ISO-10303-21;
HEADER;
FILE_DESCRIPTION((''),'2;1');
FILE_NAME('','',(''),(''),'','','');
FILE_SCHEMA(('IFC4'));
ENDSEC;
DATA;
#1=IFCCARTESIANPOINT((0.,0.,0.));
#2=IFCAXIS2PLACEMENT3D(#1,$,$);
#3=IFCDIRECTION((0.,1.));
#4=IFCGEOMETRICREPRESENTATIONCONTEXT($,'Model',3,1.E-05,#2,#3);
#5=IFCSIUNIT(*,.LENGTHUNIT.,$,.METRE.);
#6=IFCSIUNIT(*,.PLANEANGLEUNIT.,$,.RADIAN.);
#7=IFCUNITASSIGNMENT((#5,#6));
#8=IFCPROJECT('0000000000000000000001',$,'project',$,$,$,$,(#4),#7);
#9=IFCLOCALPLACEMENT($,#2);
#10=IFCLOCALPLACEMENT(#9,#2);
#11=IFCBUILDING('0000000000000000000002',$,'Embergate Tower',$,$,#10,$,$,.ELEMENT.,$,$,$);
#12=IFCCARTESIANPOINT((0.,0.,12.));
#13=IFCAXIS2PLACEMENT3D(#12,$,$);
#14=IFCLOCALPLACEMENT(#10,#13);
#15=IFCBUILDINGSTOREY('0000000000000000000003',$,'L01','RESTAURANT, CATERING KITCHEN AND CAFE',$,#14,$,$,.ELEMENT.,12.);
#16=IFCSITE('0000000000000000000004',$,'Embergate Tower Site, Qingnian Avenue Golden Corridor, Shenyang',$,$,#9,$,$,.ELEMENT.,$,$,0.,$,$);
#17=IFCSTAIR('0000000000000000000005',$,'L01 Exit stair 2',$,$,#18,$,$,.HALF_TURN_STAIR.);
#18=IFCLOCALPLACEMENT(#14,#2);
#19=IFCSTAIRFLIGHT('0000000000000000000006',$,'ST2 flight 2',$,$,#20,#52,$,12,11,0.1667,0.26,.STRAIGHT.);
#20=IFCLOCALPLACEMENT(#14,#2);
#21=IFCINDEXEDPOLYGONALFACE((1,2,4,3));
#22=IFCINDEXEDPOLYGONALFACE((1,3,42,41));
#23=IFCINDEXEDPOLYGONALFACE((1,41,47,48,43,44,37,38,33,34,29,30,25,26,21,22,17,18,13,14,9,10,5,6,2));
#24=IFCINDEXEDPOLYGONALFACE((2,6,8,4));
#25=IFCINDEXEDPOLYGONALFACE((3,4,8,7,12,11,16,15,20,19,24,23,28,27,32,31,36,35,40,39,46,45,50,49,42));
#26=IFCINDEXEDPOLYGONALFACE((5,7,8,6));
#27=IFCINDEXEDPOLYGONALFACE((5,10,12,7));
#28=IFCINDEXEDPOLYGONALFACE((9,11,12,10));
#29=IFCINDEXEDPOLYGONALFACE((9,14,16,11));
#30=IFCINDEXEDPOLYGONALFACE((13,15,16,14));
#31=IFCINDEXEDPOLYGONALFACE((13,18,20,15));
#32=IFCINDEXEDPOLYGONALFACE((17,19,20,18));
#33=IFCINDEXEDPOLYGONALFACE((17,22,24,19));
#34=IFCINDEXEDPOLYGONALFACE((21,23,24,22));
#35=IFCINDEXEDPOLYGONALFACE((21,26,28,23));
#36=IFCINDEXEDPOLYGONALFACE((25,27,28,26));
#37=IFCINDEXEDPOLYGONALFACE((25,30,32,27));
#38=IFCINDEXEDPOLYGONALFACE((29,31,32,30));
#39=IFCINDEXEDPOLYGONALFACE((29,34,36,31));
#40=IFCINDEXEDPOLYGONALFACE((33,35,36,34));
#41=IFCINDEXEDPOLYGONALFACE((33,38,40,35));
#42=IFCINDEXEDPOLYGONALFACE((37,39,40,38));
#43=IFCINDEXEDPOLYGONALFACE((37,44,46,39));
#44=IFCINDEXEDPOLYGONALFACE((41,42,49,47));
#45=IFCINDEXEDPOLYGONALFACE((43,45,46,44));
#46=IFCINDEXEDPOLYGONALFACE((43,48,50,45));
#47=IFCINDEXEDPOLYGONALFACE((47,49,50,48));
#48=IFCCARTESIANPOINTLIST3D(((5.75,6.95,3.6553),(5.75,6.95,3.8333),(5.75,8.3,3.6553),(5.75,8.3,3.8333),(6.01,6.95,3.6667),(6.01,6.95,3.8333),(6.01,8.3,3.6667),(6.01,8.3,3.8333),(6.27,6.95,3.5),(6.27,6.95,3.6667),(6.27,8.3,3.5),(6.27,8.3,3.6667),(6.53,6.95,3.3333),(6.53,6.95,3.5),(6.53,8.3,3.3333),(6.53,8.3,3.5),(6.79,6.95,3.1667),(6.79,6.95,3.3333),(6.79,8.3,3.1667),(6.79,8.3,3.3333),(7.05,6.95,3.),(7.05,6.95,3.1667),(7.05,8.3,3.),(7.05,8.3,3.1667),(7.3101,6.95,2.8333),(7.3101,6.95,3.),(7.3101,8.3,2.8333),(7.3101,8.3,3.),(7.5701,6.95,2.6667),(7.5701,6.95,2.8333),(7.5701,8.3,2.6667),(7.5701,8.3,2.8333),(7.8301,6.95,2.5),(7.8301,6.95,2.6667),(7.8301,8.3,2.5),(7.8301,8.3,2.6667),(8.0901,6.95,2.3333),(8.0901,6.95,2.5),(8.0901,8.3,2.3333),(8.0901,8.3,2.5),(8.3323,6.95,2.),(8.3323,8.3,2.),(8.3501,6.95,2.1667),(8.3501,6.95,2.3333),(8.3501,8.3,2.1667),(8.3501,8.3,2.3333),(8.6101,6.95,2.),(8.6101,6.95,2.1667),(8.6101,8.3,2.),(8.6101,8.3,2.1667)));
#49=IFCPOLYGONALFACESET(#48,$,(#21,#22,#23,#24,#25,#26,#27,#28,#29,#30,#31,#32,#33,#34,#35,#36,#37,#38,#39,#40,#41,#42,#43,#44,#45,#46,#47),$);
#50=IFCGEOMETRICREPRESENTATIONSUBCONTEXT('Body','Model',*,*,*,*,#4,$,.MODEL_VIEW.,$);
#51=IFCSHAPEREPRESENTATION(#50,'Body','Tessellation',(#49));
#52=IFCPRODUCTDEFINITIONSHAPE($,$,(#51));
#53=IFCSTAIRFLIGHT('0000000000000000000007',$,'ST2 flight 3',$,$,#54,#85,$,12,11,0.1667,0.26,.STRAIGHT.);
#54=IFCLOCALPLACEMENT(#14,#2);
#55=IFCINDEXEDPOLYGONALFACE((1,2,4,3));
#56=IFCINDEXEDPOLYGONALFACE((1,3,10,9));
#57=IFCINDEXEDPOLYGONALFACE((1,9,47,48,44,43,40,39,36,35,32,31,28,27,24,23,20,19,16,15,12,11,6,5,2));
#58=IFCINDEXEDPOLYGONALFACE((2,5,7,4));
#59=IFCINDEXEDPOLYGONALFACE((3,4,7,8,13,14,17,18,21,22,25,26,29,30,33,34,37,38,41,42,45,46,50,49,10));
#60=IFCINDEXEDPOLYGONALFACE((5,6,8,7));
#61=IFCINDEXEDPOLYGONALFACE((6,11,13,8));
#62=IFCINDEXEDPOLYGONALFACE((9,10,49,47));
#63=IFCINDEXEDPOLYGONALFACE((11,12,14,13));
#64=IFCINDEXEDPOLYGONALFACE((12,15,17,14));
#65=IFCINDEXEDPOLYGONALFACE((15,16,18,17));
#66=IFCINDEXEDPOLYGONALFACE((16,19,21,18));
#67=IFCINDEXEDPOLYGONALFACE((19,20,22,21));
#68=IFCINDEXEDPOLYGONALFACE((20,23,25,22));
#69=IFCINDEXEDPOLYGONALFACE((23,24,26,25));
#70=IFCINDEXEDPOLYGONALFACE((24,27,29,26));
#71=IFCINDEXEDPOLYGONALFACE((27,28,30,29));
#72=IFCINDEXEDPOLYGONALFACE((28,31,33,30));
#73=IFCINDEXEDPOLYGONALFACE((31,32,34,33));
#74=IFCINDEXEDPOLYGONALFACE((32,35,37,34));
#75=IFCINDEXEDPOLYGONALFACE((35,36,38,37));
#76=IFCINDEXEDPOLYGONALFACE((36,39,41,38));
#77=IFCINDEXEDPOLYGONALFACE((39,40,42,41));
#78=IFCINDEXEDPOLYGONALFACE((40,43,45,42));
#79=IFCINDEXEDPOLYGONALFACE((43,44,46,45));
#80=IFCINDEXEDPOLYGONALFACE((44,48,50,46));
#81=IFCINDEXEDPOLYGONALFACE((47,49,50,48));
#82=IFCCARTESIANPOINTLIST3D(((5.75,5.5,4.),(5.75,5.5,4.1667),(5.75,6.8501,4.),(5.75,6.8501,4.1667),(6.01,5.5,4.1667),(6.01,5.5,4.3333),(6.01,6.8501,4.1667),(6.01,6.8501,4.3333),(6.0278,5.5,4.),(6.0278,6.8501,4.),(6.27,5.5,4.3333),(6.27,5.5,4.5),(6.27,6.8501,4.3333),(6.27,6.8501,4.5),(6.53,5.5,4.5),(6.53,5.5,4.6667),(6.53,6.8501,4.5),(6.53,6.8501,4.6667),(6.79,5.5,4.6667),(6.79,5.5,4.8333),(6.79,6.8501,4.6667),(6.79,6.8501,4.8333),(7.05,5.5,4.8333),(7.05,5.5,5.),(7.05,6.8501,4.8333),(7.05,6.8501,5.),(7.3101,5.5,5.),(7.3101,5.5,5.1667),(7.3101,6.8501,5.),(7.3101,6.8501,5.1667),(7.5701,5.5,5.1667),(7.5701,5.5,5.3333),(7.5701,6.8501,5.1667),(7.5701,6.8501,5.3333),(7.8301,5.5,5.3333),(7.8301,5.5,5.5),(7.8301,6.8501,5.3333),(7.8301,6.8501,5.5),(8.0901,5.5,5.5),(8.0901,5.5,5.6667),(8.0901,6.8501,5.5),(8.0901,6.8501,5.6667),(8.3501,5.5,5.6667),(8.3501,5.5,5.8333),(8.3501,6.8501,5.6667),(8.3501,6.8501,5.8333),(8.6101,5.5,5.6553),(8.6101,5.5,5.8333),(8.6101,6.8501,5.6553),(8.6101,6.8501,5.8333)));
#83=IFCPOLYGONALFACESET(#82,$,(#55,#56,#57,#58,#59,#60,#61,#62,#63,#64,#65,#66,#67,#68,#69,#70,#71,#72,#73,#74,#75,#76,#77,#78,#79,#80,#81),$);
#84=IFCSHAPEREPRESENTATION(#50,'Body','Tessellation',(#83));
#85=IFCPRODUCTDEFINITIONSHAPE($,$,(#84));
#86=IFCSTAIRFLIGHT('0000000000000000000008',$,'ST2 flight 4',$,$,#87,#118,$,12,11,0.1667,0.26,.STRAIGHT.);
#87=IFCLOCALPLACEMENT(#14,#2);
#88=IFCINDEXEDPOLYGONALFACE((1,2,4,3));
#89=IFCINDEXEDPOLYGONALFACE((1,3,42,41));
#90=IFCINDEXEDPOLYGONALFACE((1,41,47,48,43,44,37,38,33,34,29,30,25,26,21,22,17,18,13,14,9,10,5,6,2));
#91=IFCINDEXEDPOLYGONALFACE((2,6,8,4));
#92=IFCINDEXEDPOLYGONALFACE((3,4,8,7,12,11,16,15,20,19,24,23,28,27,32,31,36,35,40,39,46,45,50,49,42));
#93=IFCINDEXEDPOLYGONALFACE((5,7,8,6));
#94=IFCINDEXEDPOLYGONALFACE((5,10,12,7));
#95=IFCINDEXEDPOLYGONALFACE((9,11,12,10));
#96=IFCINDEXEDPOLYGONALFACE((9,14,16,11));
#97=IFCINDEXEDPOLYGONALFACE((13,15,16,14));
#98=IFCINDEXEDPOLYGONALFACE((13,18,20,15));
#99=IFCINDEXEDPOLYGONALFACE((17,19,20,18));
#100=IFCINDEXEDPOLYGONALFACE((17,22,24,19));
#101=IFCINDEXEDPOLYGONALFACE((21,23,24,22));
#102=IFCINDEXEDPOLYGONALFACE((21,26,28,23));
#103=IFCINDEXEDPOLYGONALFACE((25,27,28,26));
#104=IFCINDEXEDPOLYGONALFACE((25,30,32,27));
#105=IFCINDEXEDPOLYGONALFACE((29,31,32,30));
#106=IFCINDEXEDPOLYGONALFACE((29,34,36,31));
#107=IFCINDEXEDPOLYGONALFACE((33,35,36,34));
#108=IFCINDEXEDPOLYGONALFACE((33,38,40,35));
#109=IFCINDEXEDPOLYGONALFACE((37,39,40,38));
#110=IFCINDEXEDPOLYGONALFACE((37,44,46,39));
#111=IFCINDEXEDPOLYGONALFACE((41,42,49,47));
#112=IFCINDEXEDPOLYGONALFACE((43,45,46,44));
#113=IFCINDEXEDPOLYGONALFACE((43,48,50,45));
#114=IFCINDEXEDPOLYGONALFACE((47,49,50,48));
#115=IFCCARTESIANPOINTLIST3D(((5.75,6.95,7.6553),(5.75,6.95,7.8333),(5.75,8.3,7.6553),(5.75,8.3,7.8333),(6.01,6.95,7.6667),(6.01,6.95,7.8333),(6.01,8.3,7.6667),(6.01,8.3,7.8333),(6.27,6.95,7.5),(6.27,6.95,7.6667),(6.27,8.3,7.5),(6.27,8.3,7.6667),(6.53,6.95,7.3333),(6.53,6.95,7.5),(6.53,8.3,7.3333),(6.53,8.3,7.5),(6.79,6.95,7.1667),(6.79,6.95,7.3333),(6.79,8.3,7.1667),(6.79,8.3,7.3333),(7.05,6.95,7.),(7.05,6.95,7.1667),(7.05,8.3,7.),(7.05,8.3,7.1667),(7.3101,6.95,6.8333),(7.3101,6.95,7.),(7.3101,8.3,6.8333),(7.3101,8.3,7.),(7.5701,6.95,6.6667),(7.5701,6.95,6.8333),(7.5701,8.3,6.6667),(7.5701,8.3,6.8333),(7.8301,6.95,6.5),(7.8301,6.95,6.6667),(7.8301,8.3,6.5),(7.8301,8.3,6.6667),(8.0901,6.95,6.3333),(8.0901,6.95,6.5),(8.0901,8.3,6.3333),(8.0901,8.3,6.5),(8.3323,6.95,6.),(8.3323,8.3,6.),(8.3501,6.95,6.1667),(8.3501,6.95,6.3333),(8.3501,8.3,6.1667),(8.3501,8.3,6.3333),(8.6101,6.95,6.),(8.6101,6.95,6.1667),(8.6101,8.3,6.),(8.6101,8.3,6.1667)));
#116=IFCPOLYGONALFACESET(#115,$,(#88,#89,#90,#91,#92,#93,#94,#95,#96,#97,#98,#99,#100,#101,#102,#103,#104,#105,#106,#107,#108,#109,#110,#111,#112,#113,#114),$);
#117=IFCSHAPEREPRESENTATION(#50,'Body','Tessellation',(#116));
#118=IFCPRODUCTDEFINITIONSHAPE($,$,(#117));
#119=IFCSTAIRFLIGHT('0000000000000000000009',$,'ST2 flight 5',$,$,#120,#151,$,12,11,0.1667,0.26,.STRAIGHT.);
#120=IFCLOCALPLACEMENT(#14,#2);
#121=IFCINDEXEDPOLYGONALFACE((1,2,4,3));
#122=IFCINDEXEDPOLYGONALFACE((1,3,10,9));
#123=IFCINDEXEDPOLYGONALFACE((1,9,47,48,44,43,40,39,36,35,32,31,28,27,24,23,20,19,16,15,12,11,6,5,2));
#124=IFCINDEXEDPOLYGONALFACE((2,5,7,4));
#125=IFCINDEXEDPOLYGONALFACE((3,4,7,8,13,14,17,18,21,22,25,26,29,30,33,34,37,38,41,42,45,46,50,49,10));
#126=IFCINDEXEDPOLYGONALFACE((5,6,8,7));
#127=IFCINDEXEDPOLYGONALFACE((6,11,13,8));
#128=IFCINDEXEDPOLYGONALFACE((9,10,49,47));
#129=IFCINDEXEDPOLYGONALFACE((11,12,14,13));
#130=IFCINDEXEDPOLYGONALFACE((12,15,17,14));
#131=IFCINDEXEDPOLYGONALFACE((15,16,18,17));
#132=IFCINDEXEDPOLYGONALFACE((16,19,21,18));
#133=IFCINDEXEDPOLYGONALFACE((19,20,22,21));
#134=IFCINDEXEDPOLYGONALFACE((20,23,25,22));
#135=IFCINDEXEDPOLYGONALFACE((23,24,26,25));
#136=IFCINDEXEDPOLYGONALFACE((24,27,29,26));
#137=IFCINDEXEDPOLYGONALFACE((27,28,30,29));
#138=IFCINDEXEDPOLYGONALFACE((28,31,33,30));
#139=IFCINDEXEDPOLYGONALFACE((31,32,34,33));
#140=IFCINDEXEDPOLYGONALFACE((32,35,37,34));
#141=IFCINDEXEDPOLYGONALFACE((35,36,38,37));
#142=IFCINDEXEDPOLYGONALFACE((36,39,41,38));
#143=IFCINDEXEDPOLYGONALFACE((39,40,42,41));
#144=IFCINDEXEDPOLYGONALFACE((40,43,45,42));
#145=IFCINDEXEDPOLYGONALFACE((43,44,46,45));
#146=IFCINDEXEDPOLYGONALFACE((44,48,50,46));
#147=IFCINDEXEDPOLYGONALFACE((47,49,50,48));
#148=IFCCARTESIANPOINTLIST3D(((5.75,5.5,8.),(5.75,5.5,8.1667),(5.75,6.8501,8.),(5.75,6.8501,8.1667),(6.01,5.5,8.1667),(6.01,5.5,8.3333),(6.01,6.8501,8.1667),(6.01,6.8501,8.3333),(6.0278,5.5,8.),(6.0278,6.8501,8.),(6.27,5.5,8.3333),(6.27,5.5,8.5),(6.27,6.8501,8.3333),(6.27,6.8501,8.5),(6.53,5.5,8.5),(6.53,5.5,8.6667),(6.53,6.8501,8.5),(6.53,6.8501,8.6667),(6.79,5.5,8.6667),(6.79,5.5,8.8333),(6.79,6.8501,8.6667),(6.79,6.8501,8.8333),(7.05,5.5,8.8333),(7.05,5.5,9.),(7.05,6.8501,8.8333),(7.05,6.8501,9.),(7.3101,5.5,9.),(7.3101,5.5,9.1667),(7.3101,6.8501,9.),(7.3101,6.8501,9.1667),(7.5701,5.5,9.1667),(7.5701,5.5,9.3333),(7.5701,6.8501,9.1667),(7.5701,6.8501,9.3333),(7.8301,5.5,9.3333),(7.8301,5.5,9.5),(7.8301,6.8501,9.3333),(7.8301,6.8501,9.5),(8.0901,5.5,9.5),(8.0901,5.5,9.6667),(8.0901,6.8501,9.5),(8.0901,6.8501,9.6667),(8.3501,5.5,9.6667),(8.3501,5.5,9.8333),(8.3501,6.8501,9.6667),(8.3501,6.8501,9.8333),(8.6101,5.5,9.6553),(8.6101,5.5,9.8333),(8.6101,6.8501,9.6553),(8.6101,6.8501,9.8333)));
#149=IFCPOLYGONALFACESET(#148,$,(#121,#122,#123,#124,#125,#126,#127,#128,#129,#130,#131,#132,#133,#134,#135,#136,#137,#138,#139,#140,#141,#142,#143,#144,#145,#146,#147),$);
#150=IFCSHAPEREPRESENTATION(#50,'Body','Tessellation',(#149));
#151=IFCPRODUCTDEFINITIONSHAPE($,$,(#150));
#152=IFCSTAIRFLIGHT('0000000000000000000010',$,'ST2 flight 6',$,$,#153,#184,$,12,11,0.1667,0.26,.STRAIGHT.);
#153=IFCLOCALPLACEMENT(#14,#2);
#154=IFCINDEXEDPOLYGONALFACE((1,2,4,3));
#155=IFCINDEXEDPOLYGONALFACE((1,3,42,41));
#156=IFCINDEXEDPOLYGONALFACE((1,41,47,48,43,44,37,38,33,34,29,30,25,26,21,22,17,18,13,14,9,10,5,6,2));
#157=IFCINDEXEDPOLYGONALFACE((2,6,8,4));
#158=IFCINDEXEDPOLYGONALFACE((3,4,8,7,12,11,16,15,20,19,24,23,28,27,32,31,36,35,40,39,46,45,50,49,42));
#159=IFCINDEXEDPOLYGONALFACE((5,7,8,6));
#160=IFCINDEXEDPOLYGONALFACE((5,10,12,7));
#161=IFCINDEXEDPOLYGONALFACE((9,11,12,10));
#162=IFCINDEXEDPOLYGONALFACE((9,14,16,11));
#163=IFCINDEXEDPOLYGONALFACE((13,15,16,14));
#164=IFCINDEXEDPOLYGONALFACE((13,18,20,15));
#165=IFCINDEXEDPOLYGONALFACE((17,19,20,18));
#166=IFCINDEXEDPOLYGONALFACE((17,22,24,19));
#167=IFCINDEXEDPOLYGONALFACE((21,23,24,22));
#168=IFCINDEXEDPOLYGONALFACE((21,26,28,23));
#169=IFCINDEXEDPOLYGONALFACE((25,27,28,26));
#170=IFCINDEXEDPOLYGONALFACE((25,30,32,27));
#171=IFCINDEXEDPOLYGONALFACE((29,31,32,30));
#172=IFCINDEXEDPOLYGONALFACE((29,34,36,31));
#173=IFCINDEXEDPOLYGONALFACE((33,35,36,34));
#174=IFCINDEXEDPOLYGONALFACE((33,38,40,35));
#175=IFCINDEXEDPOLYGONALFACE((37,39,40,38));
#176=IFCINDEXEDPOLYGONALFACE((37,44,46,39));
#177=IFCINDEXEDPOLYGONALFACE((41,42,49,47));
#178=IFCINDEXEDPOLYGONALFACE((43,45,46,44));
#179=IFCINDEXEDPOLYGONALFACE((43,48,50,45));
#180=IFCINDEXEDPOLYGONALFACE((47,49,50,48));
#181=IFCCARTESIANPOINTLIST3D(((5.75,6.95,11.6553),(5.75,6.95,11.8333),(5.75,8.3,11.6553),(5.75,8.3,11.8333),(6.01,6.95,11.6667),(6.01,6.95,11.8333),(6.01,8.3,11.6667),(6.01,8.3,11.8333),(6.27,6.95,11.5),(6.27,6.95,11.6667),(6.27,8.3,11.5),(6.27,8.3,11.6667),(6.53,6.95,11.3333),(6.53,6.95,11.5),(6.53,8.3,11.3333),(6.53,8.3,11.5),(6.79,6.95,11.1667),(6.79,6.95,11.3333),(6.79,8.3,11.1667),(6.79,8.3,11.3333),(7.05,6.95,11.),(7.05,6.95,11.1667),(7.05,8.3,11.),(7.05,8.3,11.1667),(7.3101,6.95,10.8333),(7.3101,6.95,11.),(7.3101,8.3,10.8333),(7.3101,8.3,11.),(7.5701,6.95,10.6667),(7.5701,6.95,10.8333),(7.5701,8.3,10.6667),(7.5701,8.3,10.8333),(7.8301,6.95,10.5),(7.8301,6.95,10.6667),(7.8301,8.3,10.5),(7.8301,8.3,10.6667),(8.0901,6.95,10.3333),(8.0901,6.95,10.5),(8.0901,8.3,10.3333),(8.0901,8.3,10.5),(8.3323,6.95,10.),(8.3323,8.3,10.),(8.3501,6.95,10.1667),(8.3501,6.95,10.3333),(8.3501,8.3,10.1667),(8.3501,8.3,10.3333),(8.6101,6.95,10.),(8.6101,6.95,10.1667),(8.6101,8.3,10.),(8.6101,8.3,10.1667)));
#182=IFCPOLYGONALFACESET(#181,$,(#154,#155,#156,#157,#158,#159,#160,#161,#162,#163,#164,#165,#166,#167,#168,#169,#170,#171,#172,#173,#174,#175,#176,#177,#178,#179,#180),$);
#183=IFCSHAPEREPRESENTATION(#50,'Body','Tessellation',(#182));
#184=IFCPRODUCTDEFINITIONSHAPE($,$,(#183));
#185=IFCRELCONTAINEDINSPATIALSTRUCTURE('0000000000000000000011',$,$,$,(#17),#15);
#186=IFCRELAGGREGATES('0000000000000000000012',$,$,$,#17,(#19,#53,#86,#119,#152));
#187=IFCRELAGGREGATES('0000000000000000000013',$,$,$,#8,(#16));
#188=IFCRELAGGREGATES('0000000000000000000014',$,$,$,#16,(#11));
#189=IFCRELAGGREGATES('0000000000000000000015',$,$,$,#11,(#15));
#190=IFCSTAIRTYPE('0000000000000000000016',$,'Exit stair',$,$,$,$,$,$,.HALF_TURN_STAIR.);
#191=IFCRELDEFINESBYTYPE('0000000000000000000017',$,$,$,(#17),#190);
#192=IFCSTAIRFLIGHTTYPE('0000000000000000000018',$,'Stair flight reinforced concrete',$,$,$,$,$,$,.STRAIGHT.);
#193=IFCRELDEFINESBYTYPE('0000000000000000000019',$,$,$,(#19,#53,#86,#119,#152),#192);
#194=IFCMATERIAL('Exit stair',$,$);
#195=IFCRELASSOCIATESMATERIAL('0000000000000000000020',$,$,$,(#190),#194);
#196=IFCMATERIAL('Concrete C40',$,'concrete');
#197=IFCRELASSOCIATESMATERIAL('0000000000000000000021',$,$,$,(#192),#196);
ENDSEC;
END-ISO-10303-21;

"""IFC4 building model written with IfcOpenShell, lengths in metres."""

from ifc_helpers import new_model, si_unit, direction, frame, origin, place, context, subcontext, project, spatial, polyline, outline, extrude, source, transform, mapped, material, type_object, element, aggregate, save


model = new_model("IFC4")

# Units and contexts
model_context = context("Model", 3, precision=1e-05, world=origin(), true_north=direction((0.0, 1.0)))
body_context = subcontext(model_context, "Body", "Model", "MODEL_VIEW")
ifc_project = project(units=[si_unit("LENGTHUNIT", "METRE"), si_unit("PLANEANGLEUNIT", "RADIAN")], contexts=[model_context])

# Site, building, storey
site_placement = place(None, origin())
site = spatial("IfcSite", under=ifc_project, at=site_placement, Name="Embergate Tower Site, Qingnian Avenue Golden Corridor, Shenyang", CompositionType="ELEMENT", RefElevation=0.0)
building_placement = place(site_placement, origin())
building = spatial("IfcBuilding", under=site, at=building_placement, Name="Embergate Tower", CompositionType="ELEMENT")
storey_placement = place(building_placement, frame((0.0, 0.0, 12.0)))
storey = spatial("IfcBuildingStorey", under=building, at=storey_placement, Name="L01", Description="RESTAURANT, CATERING KITCHEN AND CAFE", CompositionType="ELEMENT", Elevation=12.0)

# Stair
ifc_material_1 = material(Name="Exit stair")
stair_type = type_object("IfcStairType", Name="Exit stair", PredefinedType="HALF_TURN_STAIR", material=ifc_material_1)
stair_placement = place(storey_placement, origin())
stair = element("IfcStair", 1, at=stair_placement, inside=storey, type_object=stair_type, Name="L01 Exit stair 2", PredefinedType="HALF_TURN_STAIR")
ifc_material_2 = material(Name="Concrete C40", Category="concrete")

# Stair flights
stair_flight_type = type_object("IfcStairFlightType", Name="Stair flight reinforced concrete", PredefinedType="STRAIGHT", material=ifc_material_2)
shared_shape_1 = source(origin(), body_context, "Body", "SweptSolid", [
    extrude(outline(polyline([(0.0, 0.0), (0.0, 0.1667), (0.26, 0.1667), (0.26, 0.3333), (0.52, 0.3333), (0.52, 0.5), (0.78, 0.5), (0.78, 0.6667), (1.04, 0.6667), (1.04, 0.8333), (1.3, 0.8333), (1.3, 1.0), (1.5601, 1.0), (1.5601, 1.1667), (1.8201, 1.1667), (1.8201, 1.3333), (2.0801, 1.3333), (2.0801, 1.5), (2.3401, 1.5), (2.3401, 1.6667), (2.6001, 1.6667), (2.6001, 1.8333), (2.8601, 1.8333), (2.8601, 2.0), (2.8601, 1.6553), (0.2778, 0.0), (0.0, 0.0)])), frame((0.0, 0.675, 0.0), z_axis=(0.0, -1.0, 0.0), x_axis=(1.0, 0.0, 0.0)), (0.0, 0.0, 1.0), 1.3501),
])
stair_flight_1_placement = place(storey_placement, frame((8.6101, 7.625, 2.0), z_axis=(0.0, 0.0, 1.0), x_axis=(-1.0, 0.0, 0.0)))
stair_flight_1 = element("IfcStairFlight", 2, at=stair_flight_1_placement, type_object=stair_flight_type, Name="ST2 flight 2", NumberOfRisers=12, NumberOfTreads=11, PredefinedType="STRAIGHT", RiserHeight=0.1667, TreadLength=0.26, context=body_context, shape_type="MappedRepresentation", body=[
    mapped(shared_shape_1, transform((0.0, 0.0, 0.0))),
])
stair_flight_2_placement = place(storey_placement, frame((5.75, 6.175, 4.0), z_axis=(0.0, 0.0, 1.0), x_axis=(1.0, 0.0, 0.0)))
stair_flight_2 = element("IfcStairFlight", 3, at=stair_flight_2_placement, type_object=stair_flight_type, Name="ST2 flight 3", NumberOfRisers=12, NumberOfTreads=11, PredefinedType="STRAIGHT", RiserHeight=0.1667, TreadLength=0.26, context=body_context, shape_type="MappedRepresentation", body=[
    mapped(shared_shape_1, transform((0.0, 0.0, 0.0))),
])
stair_flight_3_placement = place(storey_placement, frame((8.6101, 7.625, 6.0), z_axis=(0.0, 0.0, 1.0), x_axis=(-1.0, 0.0, 0.0)))
stair_flight_3 = element("IfcStairFlight", 4, at=stair_flight_3_placement, type_object=stair_flight_type, Name="ST2 flight 4", NumberOfRisers=12, NumberOfTreads=11, PredefinedType="STRAIGHT", RiserHeight=0.1667, TreadLength=0.26, context=body_context, shape_type="MappedRepresentation", body=[
    mapped(shared_shape_1, transform((0.0, 0.0, 0.0))),
])
stair_flight_4_placement = place(storey_placement, frame((5.75, 6.175, 8.0), z_axis=(0.0, 0.0, 1.0), x_axis=(1.0, 0.0, 0.0)))
stair_flight_4 = element("IfcStairFlight", 5, at=stair_flight_4_placement, type_object=stair_flight_type, Name="ST2 flight 5", NumberOfRisers=12, NumberOfTreads=11, PredefinedType="STRAIGHT", RiserHeight=0.1667, TreadLength=0.26, context=body_context, shape_type="MappedRepresentation", body=[
    mapped(shared_shape_1, transform((0.0, 0.0, 0.0))),
])
stair_flight_5_placement = place(storey_placement, frame((8.6101, 7.625, 10.0), z_axis=(0.0, 0.0, 1.0), x_axis=(-1.0, 0.0, 0.0)))
stair_flight_5 = element("IfcStairFlight", 6, at=stair_flight_5_placement, type_object=stair_flight_type, Name="ST2 flight 6", NumberOfRisers=12, NumberOfTreads=11, PredefinedType="STRAIGHT", RiserHeight=0.1667, TreadLength=0.26, context=body_context, shape_type="MappedRepresentation", body=[
    mapped(shared_shape_1, transform((0.0, 0.0, 0.0))),
])
aggregate(stair, [stair_flight_1, stair_flight_2, stair_flight_3, stair_flight_4, stair_flight_5])

save(model, "model.ifc")
